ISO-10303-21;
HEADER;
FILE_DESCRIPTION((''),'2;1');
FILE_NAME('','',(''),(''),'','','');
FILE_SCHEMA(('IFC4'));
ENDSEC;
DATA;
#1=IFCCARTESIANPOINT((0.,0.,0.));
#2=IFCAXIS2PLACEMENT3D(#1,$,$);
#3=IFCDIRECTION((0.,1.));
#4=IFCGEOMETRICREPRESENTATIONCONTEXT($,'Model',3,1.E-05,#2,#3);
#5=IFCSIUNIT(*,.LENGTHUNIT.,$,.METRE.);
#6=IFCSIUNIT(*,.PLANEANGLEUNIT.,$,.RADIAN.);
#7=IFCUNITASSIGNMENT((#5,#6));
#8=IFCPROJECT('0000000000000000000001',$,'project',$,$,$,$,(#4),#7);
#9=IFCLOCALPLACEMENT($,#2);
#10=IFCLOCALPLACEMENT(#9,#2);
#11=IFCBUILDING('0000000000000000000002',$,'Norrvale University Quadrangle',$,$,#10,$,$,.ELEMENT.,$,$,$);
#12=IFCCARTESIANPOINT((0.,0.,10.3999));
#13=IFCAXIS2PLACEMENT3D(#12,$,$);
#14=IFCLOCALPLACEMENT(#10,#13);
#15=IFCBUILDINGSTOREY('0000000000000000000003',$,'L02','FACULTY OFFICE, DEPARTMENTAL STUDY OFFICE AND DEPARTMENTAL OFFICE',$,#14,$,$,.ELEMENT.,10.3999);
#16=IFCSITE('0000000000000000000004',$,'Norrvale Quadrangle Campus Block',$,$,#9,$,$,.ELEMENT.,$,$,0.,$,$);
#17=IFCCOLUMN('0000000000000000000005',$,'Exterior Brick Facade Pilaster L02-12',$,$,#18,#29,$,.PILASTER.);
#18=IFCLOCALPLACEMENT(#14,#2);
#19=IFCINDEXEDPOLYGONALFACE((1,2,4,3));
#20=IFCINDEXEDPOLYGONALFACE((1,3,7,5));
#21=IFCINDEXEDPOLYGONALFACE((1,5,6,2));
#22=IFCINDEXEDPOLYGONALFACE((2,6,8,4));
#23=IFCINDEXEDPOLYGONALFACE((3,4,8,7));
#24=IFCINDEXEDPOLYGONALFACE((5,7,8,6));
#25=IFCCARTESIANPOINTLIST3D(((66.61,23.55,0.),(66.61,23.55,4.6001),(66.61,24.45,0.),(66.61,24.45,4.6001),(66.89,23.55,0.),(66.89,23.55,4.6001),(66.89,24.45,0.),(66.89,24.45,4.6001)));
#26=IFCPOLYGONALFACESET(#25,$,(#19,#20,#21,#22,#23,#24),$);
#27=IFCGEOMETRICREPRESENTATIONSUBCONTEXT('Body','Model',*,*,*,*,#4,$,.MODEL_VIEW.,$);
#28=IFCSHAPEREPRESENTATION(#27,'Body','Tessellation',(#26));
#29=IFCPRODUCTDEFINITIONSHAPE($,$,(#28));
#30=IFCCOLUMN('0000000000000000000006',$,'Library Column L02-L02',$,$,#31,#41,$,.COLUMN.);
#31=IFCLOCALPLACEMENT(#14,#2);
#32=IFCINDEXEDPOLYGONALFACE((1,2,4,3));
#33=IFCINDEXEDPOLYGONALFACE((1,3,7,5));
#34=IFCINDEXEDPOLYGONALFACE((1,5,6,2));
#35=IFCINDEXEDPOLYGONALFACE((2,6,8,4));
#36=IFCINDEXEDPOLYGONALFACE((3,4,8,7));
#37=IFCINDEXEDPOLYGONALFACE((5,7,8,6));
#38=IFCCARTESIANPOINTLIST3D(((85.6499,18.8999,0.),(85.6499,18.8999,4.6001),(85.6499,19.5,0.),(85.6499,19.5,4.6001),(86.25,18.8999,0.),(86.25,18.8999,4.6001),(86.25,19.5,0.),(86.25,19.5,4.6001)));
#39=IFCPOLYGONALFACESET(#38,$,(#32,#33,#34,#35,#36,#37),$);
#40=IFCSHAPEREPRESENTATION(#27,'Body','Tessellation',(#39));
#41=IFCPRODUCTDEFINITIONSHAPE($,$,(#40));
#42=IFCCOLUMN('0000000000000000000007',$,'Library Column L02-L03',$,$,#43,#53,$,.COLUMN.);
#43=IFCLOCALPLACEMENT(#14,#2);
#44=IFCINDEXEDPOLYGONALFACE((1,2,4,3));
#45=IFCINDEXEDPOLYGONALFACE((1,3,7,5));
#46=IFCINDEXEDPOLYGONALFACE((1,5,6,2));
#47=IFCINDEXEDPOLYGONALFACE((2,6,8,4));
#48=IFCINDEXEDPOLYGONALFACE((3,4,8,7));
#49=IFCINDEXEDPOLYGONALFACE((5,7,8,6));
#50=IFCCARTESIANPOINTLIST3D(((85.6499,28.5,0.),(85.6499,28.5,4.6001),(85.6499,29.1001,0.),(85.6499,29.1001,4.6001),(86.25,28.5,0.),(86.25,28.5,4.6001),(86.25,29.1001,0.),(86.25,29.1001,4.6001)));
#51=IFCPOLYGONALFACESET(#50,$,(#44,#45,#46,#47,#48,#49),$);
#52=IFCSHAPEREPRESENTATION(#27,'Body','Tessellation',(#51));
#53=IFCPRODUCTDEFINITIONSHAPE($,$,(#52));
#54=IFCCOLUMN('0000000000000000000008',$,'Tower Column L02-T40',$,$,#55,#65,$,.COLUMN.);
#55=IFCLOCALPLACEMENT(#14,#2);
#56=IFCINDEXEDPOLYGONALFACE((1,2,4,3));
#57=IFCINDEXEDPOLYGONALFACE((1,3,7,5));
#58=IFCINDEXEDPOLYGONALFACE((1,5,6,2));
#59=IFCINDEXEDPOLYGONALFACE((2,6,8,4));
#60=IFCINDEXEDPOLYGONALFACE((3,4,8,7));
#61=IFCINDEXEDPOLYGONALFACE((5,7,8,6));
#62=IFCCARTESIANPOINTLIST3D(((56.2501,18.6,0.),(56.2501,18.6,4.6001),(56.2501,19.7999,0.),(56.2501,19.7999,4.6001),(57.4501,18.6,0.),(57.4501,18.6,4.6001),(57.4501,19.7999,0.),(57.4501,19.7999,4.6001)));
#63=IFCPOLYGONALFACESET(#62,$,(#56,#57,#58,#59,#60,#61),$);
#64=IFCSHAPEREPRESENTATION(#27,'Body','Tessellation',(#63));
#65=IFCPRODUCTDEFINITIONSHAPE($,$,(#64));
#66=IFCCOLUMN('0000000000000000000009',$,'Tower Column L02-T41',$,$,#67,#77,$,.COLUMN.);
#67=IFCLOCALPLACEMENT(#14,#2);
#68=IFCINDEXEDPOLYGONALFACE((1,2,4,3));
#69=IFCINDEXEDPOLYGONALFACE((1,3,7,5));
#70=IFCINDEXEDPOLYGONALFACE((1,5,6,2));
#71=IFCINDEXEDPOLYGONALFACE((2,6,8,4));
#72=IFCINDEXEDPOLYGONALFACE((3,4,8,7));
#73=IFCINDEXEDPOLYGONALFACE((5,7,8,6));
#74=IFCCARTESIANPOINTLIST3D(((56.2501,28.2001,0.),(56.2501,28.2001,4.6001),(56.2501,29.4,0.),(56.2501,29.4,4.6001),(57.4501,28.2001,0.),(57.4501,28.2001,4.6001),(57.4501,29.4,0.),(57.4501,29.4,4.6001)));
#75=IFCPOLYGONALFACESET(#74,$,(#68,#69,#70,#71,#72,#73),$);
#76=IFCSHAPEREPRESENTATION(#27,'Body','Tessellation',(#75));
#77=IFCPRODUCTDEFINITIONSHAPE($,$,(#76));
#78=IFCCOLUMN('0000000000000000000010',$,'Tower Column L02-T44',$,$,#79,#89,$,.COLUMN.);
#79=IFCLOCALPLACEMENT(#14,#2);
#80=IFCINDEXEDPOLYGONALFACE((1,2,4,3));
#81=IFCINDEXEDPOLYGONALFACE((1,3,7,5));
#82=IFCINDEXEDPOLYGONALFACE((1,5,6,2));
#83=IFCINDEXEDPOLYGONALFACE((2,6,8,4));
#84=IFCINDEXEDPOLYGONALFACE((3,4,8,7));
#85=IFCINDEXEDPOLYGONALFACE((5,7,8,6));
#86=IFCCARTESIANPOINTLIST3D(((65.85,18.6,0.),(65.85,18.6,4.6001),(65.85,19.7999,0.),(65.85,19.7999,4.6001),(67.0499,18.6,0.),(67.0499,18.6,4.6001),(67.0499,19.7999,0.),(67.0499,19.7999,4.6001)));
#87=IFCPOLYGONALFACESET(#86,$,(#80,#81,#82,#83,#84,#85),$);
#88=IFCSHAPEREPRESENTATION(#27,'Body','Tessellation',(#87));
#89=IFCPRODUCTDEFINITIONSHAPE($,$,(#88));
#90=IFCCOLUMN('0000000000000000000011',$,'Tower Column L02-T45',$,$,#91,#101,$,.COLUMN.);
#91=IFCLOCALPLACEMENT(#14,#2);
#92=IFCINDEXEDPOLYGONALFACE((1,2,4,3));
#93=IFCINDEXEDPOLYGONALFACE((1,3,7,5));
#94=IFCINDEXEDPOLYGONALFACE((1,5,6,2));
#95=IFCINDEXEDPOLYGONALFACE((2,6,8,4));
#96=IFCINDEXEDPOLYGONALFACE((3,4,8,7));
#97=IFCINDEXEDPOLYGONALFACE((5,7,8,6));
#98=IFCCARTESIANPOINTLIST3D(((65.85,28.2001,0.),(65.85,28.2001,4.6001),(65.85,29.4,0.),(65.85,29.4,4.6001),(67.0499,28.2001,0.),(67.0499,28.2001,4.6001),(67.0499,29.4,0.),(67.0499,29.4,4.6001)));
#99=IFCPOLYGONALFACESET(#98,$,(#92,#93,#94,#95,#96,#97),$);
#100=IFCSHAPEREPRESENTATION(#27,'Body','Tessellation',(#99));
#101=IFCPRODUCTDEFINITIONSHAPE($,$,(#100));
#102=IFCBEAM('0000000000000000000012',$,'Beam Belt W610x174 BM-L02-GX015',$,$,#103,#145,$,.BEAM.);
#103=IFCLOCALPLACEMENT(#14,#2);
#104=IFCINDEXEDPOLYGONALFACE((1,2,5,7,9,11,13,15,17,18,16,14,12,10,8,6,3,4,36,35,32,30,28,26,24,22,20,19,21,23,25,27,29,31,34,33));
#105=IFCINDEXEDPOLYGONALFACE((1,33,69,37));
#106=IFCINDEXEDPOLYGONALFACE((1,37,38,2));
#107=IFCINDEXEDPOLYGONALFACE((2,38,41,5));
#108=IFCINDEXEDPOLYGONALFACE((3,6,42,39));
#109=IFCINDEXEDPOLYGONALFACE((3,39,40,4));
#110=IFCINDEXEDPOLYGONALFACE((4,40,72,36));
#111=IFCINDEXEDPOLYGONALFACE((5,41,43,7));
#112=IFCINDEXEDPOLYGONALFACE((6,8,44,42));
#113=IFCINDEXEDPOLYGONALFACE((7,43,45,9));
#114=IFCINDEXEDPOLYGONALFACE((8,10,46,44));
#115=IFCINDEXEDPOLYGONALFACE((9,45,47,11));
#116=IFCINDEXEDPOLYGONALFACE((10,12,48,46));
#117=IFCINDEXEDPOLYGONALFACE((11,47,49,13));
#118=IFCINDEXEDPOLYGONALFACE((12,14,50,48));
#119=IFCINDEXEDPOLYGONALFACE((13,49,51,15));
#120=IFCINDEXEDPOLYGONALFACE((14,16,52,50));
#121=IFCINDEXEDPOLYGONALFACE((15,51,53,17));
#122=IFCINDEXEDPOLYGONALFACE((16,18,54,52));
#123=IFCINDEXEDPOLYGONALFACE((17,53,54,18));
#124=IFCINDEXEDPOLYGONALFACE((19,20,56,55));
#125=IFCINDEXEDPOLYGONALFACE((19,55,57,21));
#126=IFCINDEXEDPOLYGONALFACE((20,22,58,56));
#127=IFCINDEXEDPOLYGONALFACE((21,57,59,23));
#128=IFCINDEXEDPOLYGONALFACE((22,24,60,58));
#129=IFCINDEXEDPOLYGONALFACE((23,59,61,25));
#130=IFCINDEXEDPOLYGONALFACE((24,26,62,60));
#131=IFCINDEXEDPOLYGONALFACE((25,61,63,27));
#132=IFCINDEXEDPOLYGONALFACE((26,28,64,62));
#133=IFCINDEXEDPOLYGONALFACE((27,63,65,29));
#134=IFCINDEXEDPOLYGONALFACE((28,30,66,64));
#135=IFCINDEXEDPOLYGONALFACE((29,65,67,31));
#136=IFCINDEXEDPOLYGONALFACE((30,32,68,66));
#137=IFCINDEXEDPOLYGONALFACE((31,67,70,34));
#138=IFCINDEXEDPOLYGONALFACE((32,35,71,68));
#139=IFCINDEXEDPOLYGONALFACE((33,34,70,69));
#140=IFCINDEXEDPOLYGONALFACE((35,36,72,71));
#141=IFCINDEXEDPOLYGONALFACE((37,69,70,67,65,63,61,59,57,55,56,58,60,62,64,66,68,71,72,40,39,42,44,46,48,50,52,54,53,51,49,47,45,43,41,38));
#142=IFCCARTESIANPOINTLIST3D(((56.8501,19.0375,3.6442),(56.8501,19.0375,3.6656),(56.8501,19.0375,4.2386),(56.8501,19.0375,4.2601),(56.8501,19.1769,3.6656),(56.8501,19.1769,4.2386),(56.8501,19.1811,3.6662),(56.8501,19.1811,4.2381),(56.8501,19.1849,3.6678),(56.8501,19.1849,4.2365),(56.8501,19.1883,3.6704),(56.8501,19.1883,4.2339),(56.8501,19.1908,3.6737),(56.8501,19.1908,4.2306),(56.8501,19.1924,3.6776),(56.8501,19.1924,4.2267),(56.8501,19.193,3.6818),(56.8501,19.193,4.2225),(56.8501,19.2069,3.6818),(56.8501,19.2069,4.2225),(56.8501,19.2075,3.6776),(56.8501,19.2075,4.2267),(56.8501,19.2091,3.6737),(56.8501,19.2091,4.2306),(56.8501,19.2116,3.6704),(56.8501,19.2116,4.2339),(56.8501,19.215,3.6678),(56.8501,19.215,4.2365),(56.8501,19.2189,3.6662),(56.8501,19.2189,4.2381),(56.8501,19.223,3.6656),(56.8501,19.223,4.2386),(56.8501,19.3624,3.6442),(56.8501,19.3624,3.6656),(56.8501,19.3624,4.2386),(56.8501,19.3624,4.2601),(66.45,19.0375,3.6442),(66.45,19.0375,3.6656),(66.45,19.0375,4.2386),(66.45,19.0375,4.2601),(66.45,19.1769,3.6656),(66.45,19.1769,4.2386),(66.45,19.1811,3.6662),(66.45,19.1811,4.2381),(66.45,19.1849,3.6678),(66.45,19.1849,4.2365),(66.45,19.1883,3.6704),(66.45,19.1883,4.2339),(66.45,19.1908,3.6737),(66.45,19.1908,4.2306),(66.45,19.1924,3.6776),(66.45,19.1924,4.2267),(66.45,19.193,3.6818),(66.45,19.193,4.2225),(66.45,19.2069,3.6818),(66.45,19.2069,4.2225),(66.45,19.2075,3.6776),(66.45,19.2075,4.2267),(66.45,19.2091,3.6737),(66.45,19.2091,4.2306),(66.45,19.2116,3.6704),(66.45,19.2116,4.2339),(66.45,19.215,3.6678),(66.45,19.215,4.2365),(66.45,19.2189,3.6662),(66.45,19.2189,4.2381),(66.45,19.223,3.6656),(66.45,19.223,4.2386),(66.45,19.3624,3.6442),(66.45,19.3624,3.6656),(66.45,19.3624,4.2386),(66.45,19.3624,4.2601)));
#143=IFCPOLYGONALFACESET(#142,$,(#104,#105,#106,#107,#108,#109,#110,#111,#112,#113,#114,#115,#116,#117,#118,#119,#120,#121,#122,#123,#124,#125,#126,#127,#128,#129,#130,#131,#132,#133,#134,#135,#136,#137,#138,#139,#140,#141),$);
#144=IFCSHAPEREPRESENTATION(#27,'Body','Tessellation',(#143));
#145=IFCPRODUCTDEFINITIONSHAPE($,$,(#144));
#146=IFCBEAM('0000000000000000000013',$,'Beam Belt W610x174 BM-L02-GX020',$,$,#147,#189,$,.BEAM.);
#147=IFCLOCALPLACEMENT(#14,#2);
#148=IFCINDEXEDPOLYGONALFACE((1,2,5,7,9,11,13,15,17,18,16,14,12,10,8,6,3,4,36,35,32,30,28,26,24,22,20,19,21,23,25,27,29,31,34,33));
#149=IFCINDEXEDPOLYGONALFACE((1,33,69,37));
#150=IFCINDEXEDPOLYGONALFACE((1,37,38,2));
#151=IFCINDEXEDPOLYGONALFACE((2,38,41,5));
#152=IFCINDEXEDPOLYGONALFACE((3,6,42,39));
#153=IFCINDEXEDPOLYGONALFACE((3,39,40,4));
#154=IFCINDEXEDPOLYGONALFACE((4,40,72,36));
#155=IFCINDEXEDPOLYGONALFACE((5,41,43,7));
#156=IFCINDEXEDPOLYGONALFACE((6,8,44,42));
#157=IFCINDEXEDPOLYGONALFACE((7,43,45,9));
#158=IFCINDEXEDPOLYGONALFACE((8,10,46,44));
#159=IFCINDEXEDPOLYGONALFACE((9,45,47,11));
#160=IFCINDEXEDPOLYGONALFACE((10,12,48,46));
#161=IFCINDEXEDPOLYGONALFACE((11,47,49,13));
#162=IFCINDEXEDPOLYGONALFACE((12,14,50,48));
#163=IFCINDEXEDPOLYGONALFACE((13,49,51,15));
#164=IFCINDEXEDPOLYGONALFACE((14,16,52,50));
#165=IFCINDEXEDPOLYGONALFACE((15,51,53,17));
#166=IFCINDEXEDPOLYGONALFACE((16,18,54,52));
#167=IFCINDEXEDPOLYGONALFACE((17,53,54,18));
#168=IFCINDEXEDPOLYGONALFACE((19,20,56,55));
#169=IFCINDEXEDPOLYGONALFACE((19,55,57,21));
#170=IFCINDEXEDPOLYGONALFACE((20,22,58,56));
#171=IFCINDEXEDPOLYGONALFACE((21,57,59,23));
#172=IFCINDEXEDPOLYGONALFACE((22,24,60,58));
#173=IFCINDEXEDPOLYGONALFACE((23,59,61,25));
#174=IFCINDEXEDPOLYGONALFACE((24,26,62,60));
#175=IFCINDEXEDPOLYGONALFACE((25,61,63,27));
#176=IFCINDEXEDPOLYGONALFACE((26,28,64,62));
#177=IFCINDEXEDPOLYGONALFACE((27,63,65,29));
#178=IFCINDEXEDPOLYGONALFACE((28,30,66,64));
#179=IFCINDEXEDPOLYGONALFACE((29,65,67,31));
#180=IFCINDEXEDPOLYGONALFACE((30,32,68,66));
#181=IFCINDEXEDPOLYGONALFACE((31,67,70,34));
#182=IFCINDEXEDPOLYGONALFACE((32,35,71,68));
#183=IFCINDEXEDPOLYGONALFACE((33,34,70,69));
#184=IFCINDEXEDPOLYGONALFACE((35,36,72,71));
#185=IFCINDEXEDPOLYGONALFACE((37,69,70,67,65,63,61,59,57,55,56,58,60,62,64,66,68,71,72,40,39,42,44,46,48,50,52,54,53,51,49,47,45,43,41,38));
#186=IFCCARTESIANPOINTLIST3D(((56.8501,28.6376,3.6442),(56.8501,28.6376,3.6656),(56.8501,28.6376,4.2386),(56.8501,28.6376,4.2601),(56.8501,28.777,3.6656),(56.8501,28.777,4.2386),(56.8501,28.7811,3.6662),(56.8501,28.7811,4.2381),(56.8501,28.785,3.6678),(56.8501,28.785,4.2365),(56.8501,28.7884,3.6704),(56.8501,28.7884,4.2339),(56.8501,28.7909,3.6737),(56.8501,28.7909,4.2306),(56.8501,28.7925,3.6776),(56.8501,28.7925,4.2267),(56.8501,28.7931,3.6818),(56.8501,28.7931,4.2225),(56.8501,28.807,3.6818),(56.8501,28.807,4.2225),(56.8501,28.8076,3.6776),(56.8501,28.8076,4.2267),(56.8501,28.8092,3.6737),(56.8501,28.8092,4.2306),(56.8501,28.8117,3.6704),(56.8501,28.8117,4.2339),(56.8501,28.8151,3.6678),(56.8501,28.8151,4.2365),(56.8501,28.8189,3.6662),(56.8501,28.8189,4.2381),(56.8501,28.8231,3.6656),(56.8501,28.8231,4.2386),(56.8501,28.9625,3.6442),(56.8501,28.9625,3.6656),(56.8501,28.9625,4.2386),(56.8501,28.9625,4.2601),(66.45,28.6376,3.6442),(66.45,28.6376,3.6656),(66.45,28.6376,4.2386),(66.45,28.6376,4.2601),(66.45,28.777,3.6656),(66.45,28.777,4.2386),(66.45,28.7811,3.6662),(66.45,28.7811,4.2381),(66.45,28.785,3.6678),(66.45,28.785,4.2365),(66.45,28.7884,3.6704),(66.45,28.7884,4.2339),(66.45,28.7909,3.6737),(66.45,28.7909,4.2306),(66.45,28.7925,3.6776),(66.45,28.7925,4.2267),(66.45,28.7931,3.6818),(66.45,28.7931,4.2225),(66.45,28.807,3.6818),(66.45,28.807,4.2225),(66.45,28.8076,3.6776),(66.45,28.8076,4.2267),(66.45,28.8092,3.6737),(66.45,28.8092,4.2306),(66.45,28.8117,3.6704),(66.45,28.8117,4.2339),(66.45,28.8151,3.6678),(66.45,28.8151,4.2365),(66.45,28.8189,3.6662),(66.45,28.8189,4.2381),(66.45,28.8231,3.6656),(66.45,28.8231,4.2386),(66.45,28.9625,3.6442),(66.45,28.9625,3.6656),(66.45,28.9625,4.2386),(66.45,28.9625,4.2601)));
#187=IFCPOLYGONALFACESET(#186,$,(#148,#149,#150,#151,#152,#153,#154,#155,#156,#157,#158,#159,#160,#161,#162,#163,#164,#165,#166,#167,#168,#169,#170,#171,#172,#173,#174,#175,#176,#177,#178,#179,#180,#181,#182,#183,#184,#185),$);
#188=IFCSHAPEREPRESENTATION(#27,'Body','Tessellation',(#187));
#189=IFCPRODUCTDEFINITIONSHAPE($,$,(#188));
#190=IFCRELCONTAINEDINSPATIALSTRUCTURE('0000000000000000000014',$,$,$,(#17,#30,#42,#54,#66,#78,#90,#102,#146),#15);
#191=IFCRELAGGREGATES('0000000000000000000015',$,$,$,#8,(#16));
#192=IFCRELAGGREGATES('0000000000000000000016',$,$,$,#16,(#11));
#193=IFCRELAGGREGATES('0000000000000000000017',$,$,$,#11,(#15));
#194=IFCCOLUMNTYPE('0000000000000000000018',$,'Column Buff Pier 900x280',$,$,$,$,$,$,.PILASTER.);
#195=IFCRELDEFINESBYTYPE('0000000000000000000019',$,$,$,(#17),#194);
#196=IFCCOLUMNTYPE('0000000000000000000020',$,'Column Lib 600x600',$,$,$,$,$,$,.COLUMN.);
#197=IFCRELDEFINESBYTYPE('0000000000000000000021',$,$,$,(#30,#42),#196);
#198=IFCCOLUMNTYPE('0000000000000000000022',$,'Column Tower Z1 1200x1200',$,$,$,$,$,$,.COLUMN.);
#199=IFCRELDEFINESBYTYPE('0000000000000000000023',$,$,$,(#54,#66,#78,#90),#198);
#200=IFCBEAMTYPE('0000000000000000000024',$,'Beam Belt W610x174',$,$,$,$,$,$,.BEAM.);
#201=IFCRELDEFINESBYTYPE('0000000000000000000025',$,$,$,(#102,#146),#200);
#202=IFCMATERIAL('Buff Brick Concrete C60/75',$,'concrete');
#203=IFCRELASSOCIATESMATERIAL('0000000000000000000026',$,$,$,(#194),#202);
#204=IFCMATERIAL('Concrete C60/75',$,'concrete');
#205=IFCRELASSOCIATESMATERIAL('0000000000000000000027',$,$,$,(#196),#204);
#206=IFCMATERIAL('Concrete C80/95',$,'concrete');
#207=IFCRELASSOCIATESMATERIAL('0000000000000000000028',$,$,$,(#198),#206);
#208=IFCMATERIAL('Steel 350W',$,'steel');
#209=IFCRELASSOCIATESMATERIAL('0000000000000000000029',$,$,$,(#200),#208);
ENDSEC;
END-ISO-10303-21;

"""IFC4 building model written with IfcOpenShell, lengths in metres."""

from ifc_helpers import new_model, si_unit, direction, frame, origin, origin_2d, place, context, subcontext, project, spatial, rectangle, i_section, extrude, material, material_profile, profile_set, type_object, element, save


model = new_model("IFC4")

# Units and contexts
model_context = context("Model", 3, precision=1e-05, world=origin(), true_north=direction((0.0, 1.0)))
body_context = subcontext(model_context, "Body", "Model", "MODEL_VIEW")
ifc_project = project(units=[si_unit("LENGTHUNIT", "METRE"), si_unit("PLANEANGLEUNIT", "RADIAN")], contexts=[model_context])

# Site, building, storey
site_placement = place(None, origin())
site = spatial("IfcSite", under=ifc_project, at=site_placement, Name="Norrvale Quadrangle Campus Block", CompositionType="ELEMENT", RefElevation=0.0)
building_placement = place(site_placement, origin())
building = spatial("IfcBuilding", under=site, at=building_placement, Name="Norrvale University Quadrangle", CompositionType="ELEMENT")
storey_placement = place(building_placement, frame((0.0, 0.0, 10.3999)))
storey = spatial("IfcBuildingStorey", under=building, at=storey_placement, Name="L02", Description="FACULTY OFFICE, DEPARTMENTAL STUDY OFFICE AND DEPARTMENTAL OFFICE", CompositionType="ELEMENT", Elevation=10.3999)

# Columns
ifc_material_1 = material(Name="Buff Brick Concrete C60/75", Category="concrete")
ifc_material_profile_1 = material_profile(ifc_material_1, rectangle(XDim=0.8999, YDim=0.28, at=origin_2d()), Name="Buff Brick Concrete C60/75")
ifc_profile_set_1 = profile_set([ifc_material_profile_1], Name="Buff Brick Concrete C60/75")
column_type_1 = type_object("IfcColumnType", Name="Column Buff Pier 900x280", PredefinedType="PILASTER", material=ifc_profile_set_1)
column_placement = place(storey_placement, frame((66.75, 24.0, 0.0), z_axis=(0.0, 0.0, 1.0), x_axis=(0.0, 1.0, 0.0)))
element("IfcColumn", 1, at=column_placement, inside=storey, type_object=column_type_1, Name="Exterior Brick Facade Pilaster L02-12", PredefinedType="PILASTER", context=body_context, shape_type="SweptSolid", body=[
    extrude(rectangle(XDim=0.8999, YDim=0.28, at=origin_2d()), origin(), (0.0, 0.0, 1.0), 4.6001),
])
ifc_material_2 = material(Name="Concrete C60/75", Category="concrete")
ifc_material_profile_2 = material_profile(ifc_material_2, rectangle(XDim=0.6001, YDim=0.6001, at=origin_2d()), Name="Concrete C60/75")
ifc_profile_set_2 = profile_set([ifc_material_profile_2], Name="Concrete C60/75")
column_type_2 = type_object("IfcColumnType", Name="Column Lib 600x600", PredefinedType="COLUMN", material=ifc_profile_set_2)
for number, where, z_axis, x_axis, name in (
    (2, (85.95, 19.2, 0.0), (0.0, 0.0, 1.0), (1.0, 0.0, 0.0), "Library Column L02-L02"),
    (3, (85.95, 28.8, 0.0), (0.0, 0.0, 1.0), (1.0, 0.0, 0.0), "Library Column L02-L03"),
):
    element("IfcColumn", number, at=place(storey_placement, frame(where, z_axis=z_axis, x_axis=x_axis)), inside=storey, type_object=column_type_2, Name=name, PredefinedType="COLUMN", context=body_context, shape_type="SweptSolid", body=[
        extrude(rectangle(XDim=0.6001, YDim=0.6001, at=origin_2d()), origin(), (0.0, 0.0, 1.0), 4.6001),
    ])
ifc_material_3 = material(Name="Concrete C80/95", Category="concrete")
ifc_material_profile_3 = material_profile(ifc_material_3, rectangle(XDim=1.2, YDim=1.2, at=origin_2d()), Name="Concrete C80/95")
ifc_profile_set_3 = profile_set([ifc_material_profile_3], Name="Concrete C80/95")
column_type_3 = type_object("IfcColumnType", Name="Column Tower Z1 1200x1200", PredefinedType="COLUMN", material=ifc_profile_set_3)
for number, where, z_axis, x_axis, name in (
    (4, (56.8501, 19.2, 0.0), (0.0, 0.0, 1.0), (1.0, 0.0, 0.0), "Tower Column L02-T40"),
    (5, (56.8501, 28.8, 0.0), (0.0, 0.0, 1.0), (1.0, 0.0, 0.0), "Tower Column L02-T41"),
    (6, (66.45, 19.2, 0.0), (0.0, 0.0, 1.0), (1.0, 0.0, 0.0), "Tower Column L02-T44"),
    (7, (66.45, 28.8, 0.0), (0.0, 0.0, 1.0), (1.0, 0.0, 0.0), "Tower Column L02-T45"),
):
    element("IfcColumn", number, at=place(storey_placement, frame(where, z_axis=z_axis, x_axis=x_axis)), inside=storey, type_object=column_type_3, Name=name, PredefinedType="COLUMN", context=body_context, shape_type="SweptSolid", body=[
        extrude(rectangle(XDim=1.2, YDim=1.2, at=origin_2d()), origin(), (0.0, 0.0, 1.0), 4.6001),
    ])

# Beams
ifc_material_4 = material(Name="Steel 350W", Category="steel")
ifc_material_profile_4 = material_profile(ifc_material_4, i_section(OverallWidth=0.325, OverallDepth=0.616, WebThickness=0.0139, FlangeThickness=0.0215, FilletRadius=0.0161, at=origin_2d()), Name="Steel 350W")
ifc_profile_set_4 = profile_set([ifc_material_profile_4], Name="Steel 350W")
beam_type_1 = type_object("IfcBeamType", Name="Beam Belt W610x174", PredefinedType="BEAM", material=ifc_profile_set_4)
for number, where, z_axis, x_axis, name in (
    (8, (56.8501, 19.2, 3.9521), (1.0, 0.0, 0.0), (0.0, 1.0, 0.0), "Beam Belt W610x174 BM-L02-GX015"),
    (9, (56.8501, 28.8, 3.9521), (1.0, 0.0, 0.0), (0.0, 1.0, 0.0), "Beam Belt W610x174 BM-L02-GX020"),
):
    element("IfcBeam", number, at=place(storey_placement, frame(where, z_axis=z_axis, x_axis=x_axis)), inside=storey, type_object=beam_type_1, Name=name, PredefinedType="BEAM", context=body_context, shape_type="SweptSolid", body=[
        extrude(i_section(OverallWidth=0.325, OverallDepth=0.616, WebThickness=0.0139, FlangeThickness=0.0215, FilletRadius=0.0161, at=origin_2d()), origin(), (0.0, 0.0, 1.0), 9.5999),
    ])

save(model, "model.ifc")
